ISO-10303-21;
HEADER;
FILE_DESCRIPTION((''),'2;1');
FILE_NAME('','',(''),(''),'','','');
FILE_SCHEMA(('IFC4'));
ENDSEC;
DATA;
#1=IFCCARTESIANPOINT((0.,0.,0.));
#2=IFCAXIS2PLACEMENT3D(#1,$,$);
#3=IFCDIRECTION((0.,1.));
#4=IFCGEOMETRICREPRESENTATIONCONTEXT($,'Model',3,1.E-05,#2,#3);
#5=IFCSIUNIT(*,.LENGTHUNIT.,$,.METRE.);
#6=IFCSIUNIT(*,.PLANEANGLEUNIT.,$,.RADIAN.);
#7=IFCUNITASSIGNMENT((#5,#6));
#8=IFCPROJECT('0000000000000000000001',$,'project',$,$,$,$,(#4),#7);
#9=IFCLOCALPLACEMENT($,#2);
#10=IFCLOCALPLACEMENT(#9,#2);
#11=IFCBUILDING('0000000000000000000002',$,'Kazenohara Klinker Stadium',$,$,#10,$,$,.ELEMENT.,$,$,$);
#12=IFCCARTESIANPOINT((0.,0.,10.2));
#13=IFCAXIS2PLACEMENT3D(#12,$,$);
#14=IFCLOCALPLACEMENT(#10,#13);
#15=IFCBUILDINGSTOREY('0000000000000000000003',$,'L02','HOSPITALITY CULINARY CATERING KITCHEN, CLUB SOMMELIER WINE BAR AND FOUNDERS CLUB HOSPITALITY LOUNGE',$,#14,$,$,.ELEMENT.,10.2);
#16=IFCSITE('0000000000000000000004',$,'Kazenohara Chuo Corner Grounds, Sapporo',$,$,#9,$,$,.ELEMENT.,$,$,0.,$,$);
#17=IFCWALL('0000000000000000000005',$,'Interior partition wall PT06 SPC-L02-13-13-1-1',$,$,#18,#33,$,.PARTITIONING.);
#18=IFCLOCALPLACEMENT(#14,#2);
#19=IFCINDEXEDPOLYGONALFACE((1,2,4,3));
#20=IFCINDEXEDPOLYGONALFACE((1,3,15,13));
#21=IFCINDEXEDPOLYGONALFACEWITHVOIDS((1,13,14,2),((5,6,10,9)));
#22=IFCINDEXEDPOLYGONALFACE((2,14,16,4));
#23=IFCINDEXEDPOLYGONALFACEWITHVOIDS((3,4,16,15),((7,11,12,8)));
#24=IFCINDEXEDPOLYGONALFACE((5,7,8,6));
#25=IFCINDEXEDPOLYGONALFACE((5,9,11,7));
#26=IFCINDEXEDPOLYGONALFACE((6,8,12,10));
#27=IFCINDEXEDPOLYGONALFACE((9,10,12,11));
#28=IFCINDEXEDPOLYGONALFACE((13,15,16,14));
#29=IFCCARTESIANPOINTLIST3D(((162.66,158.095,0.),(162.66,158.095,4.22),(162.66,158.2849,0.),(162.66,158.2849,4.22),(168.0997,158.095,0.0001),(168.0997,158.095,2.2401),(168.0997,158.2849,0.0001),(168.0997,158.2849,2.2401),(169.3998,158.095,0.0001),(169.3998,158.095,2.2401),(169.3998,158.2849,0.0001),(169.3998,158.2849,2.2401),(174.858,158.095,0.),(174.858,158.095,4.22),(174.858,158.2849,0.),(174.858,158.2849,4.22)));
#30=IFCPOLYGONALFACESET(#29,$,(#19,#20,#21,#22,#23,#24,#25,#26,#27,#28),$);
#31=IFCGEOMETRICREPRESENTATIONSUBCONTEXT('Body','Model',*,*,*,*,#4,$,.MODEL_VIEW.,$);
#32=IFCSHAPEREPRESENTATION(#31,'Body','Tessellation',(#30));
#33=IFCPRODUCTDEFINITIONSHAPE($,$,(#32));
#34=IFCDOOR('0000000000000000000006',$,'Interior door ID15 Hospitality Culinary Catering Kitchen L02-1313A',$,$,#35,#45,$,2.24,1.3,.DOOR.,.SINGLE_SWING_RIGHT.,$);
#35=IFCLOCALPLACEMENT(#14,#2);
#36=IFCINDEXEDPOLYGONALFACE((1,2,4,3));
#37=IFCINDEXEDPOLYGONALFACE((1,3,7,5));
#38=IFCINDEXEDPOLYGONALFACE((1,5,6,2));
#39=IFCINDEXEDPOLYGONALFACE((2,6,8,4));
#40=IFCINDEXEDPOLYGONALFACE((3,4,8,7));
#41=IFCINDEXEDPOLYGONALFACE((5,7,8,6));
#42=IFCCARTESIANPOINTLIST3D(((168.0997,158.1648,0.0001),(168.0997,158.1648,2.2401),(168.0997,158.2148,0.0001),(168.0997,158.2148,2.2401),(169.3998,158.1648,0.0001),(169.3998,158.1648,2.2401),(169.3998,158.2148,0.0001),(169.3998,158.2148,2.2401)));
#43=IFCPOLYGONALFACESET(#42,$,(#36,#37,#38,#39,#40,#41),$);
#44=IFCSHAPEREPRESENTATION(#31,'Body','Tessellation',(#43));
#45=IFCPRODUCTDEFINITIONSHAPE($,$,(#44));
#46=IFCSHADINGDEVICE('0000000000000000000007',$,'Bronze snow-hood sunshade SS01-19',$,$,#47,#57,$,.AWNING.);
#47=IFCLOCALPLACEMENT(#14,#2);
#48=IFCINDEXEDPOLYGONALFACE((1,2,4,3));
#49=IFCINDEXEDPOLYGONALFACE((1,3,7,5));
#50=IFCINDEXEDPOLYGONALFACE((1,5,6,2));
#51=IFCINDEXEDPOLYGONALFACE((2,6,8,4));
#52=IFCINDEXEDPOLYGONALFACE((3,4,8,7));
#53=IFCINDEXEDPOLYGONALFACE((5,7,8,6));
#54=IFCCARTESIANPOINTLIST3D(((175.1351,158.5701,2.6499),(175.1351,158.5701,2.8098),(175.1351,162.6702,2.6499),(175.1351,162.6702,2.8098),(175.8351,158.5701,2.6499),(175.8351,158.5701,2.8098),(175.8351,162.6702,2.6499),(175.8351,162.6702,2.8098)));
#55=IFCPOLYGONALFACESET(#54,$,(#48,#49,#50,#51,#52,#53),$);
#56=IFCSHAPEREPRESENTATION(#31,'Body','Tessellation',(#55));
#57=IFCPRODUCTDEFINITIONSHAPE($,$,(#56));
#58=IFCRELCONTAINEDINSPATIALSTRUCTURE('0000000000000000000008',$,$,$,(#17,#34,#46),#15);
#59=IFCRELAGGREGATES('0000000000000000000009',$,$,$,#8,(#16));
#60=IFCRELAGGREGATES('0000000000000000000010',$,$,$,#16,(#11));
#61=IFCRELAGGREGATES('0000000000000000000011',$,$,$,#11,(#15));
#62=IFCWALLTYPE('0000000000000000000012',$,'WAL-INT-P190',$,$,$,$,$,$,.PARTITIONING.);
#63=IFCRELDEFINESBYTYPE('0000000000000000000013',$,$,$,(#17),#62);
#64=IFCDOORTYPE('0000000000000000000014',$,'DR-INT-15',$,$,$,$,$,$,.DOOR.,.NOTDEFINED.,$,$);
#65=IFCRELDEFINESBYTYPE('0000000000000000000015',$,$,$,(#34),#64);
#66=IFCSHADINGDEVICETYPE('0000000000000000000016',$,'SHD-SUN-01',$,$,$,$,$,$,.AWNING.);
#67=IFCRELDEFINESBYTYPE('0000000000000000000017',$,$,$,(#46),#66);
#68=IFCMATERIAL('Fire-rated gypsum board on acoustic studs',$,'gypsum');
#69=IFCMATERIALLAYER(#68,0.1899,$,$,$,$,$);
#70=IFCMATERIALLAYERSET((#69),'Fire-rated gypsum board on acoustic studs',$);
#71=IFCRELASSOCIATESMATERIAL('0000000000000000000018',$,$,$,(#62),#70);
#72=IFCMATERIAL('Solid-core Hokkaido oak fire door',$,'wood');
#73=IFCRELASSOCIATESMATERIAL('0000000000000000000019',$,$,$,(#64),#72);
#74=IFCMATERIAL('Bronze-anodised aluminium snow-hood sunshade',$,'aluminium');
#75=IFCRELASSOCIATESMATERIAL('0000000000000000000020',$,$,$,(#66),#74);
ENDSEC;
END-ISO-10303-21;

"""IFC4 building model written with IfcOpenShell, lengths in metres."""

from ifc_helpers import new_model, si_unit, direction, frame, frame_2d, origin, origin_2d, place, context, subcontext, project, spatial, rectangle, extrude, material, layer, layer_set, type_object, element, fill, save


model = new_model("IFC4")

# Units and contexts
model_context = context("Model", 3, precision=1e-05, world=origin(), true_north=direction((0.0, 1.0)))
body_context = subcontext(model_context, "Body", "Model", "MODEL_VIEW")
ifc_project = project(units=[si_unit("LENGTHUNIT", "METRE"), si_unit("PLANEANGLEUNIT", "RADIAN")], contexts=[model_context])

# Site, building, storey
site_placement = place(None, origin())
site = spatial("IfcSite", under=ifc_project, at=site_placement, Name="Kazenohara Chuo Corner Grounds, Sapporo", CompositionType="ELEMENT", RefElevation=0.0)
building_placement = place(site_placement, origin())
building = spatial("IfcBuilding", under=site, at=building_placement, Name="Kazenohara Klinker Stadium", CompositionType="ELEMENT")
storey_placement = place(building_placement, frame((0.0, 0.0, 10.2)))
storey = spatial("IfcBuildingStorey", under=building, at=storey_placement, Name="L02", Description="HOSPITALITY CULINARY CATERING KITCHEN, CLUB SOMMELIER WINE BAR AND FOUNDERS CLUB HOSPITALITY LOUNGE", CompositionType="ELEMENT", Elevation=10.2)

# Wall, opening, door
ifc_material_1 = material(Name="Fire-rated gypsum board on acoustic studs", Category="gypsum")
ifc_layer_1 = layer(ifc_material_1, 0.1899)
ifc_layer_set_1 = layer_set([ifc_layer_1], Name="Fire-rated gypsum board on acoustic studs")
wall_type_1 = type_object("IfcWallType", Name="WAL-INT-P190", PredefinedType="PARTITIONING", material=ifc_layer_set_1)
wall_1_placement = place(storey_placement, frame((162.6599, 158.1899, 0.0), z_axis=(0.0, 0.0, 1.0), x_axis=(1.0, 0.0, 0.0)))
wall_1 = element("IfcWall", 1, at=wall_1_placement, inside=storey, type_object=wall_type_1, Name="Interior partition wall PT06 SPC-L02-13-13-1-1", PredefinedType="PARTITIONING", context=body_context, shape_type="SweptSolid", body=[
    extrude(rectangle(XDim=12.198, YDim=0.1899, at=frame_2d((6.0991, 0.0))), origin(), (0.0, 0.0, 1.0), 4.22),
])
opening_1_placement = place(wall_1_placement, frame((5.4399, 0.0, 0.0)))
opening_1 = element("IfcOpeningElement", 2, at=opening_1_placement, cuts=wall_1, PredefinedType="OPENING", context=body_context, shape_type="SweptSolid", body=[
    extrude(rectangle(XDim=1.3, YDim=2.24, at=frame_2d((0.6499, 1.1201))), frame((0.0, 0.105, 0.0), z_axis=(0.0, -1.0, 0.0), x_axis=(1.0, 0.0, 0.0)), (0.0, 0.0, 1.0), 0.21),
])
ifc_material_2 = material(Name="Solid-core Hokkaido oak fire door", Category="wood")
door_type = type_object("IfcDoorType", Name="DR-INT-15", OperationType="NOTDEFINED", PredefinedType="DOOR", material=ifc_material_2)
door_placement = place(opening_1_placement, origin())
door = element("IfcDoor", 3, at=door_placement, inside=storey, type_object=door_type, Name="Interior door ID15 Hospitality Culinary Catering Kitchen L02-1313A", OperationType="SINGLE_SWING_RIGHT", OverallHeight=2.24, OverallWidth=1.3, PredefinedType="DOOR", context=body_context, shape_type="SweptSolid", body=[
    extrude(rectangle(XDim=1.3, YDim=2.24, at=frame_2d((0.6499, 1.1201))), frame((0.0, 0.0249, 0.0), z_axis=(0.0, -1.0, 0.0), x_axis=(1.0, 0.0, 0.0)), (0.0, 0.0, 1.0), 0.05),
])
fill(opening_1, door)

# Shading device
ifc_material_3 = material(Name="Bronze-anodised aluminium snow-hood sunshade", Category="aluminium")
shading_device_type = type_object("IfcShadingDeviceType", Name="SHD-SUN-01", PredefinedType="AWNING", material=ifc_material_3)
shading_device_placement = place(storey_placement, frame((175.4851, 160.6201, 2.6499), z_axis=(0.0, 0.0, 1.0), x_axis=(0.0, 1.0, 0.0)))
element("IfcShadingDevice", 4, at=shading_device_placement, inside=storey, type_object=shading_device_type, Name="Bronze snow-hood sunshade SS01-19", PredefinedType="AWNING", context=body_context, shape_type="SweptSolid", body=[
    extrude(rectangle(XDim=4.1001, YDim=0.7, at=origin_2d()), origin(), (0.0, 0.0, 1.0), 0.1599),
])

save(model, "model.ifc")
